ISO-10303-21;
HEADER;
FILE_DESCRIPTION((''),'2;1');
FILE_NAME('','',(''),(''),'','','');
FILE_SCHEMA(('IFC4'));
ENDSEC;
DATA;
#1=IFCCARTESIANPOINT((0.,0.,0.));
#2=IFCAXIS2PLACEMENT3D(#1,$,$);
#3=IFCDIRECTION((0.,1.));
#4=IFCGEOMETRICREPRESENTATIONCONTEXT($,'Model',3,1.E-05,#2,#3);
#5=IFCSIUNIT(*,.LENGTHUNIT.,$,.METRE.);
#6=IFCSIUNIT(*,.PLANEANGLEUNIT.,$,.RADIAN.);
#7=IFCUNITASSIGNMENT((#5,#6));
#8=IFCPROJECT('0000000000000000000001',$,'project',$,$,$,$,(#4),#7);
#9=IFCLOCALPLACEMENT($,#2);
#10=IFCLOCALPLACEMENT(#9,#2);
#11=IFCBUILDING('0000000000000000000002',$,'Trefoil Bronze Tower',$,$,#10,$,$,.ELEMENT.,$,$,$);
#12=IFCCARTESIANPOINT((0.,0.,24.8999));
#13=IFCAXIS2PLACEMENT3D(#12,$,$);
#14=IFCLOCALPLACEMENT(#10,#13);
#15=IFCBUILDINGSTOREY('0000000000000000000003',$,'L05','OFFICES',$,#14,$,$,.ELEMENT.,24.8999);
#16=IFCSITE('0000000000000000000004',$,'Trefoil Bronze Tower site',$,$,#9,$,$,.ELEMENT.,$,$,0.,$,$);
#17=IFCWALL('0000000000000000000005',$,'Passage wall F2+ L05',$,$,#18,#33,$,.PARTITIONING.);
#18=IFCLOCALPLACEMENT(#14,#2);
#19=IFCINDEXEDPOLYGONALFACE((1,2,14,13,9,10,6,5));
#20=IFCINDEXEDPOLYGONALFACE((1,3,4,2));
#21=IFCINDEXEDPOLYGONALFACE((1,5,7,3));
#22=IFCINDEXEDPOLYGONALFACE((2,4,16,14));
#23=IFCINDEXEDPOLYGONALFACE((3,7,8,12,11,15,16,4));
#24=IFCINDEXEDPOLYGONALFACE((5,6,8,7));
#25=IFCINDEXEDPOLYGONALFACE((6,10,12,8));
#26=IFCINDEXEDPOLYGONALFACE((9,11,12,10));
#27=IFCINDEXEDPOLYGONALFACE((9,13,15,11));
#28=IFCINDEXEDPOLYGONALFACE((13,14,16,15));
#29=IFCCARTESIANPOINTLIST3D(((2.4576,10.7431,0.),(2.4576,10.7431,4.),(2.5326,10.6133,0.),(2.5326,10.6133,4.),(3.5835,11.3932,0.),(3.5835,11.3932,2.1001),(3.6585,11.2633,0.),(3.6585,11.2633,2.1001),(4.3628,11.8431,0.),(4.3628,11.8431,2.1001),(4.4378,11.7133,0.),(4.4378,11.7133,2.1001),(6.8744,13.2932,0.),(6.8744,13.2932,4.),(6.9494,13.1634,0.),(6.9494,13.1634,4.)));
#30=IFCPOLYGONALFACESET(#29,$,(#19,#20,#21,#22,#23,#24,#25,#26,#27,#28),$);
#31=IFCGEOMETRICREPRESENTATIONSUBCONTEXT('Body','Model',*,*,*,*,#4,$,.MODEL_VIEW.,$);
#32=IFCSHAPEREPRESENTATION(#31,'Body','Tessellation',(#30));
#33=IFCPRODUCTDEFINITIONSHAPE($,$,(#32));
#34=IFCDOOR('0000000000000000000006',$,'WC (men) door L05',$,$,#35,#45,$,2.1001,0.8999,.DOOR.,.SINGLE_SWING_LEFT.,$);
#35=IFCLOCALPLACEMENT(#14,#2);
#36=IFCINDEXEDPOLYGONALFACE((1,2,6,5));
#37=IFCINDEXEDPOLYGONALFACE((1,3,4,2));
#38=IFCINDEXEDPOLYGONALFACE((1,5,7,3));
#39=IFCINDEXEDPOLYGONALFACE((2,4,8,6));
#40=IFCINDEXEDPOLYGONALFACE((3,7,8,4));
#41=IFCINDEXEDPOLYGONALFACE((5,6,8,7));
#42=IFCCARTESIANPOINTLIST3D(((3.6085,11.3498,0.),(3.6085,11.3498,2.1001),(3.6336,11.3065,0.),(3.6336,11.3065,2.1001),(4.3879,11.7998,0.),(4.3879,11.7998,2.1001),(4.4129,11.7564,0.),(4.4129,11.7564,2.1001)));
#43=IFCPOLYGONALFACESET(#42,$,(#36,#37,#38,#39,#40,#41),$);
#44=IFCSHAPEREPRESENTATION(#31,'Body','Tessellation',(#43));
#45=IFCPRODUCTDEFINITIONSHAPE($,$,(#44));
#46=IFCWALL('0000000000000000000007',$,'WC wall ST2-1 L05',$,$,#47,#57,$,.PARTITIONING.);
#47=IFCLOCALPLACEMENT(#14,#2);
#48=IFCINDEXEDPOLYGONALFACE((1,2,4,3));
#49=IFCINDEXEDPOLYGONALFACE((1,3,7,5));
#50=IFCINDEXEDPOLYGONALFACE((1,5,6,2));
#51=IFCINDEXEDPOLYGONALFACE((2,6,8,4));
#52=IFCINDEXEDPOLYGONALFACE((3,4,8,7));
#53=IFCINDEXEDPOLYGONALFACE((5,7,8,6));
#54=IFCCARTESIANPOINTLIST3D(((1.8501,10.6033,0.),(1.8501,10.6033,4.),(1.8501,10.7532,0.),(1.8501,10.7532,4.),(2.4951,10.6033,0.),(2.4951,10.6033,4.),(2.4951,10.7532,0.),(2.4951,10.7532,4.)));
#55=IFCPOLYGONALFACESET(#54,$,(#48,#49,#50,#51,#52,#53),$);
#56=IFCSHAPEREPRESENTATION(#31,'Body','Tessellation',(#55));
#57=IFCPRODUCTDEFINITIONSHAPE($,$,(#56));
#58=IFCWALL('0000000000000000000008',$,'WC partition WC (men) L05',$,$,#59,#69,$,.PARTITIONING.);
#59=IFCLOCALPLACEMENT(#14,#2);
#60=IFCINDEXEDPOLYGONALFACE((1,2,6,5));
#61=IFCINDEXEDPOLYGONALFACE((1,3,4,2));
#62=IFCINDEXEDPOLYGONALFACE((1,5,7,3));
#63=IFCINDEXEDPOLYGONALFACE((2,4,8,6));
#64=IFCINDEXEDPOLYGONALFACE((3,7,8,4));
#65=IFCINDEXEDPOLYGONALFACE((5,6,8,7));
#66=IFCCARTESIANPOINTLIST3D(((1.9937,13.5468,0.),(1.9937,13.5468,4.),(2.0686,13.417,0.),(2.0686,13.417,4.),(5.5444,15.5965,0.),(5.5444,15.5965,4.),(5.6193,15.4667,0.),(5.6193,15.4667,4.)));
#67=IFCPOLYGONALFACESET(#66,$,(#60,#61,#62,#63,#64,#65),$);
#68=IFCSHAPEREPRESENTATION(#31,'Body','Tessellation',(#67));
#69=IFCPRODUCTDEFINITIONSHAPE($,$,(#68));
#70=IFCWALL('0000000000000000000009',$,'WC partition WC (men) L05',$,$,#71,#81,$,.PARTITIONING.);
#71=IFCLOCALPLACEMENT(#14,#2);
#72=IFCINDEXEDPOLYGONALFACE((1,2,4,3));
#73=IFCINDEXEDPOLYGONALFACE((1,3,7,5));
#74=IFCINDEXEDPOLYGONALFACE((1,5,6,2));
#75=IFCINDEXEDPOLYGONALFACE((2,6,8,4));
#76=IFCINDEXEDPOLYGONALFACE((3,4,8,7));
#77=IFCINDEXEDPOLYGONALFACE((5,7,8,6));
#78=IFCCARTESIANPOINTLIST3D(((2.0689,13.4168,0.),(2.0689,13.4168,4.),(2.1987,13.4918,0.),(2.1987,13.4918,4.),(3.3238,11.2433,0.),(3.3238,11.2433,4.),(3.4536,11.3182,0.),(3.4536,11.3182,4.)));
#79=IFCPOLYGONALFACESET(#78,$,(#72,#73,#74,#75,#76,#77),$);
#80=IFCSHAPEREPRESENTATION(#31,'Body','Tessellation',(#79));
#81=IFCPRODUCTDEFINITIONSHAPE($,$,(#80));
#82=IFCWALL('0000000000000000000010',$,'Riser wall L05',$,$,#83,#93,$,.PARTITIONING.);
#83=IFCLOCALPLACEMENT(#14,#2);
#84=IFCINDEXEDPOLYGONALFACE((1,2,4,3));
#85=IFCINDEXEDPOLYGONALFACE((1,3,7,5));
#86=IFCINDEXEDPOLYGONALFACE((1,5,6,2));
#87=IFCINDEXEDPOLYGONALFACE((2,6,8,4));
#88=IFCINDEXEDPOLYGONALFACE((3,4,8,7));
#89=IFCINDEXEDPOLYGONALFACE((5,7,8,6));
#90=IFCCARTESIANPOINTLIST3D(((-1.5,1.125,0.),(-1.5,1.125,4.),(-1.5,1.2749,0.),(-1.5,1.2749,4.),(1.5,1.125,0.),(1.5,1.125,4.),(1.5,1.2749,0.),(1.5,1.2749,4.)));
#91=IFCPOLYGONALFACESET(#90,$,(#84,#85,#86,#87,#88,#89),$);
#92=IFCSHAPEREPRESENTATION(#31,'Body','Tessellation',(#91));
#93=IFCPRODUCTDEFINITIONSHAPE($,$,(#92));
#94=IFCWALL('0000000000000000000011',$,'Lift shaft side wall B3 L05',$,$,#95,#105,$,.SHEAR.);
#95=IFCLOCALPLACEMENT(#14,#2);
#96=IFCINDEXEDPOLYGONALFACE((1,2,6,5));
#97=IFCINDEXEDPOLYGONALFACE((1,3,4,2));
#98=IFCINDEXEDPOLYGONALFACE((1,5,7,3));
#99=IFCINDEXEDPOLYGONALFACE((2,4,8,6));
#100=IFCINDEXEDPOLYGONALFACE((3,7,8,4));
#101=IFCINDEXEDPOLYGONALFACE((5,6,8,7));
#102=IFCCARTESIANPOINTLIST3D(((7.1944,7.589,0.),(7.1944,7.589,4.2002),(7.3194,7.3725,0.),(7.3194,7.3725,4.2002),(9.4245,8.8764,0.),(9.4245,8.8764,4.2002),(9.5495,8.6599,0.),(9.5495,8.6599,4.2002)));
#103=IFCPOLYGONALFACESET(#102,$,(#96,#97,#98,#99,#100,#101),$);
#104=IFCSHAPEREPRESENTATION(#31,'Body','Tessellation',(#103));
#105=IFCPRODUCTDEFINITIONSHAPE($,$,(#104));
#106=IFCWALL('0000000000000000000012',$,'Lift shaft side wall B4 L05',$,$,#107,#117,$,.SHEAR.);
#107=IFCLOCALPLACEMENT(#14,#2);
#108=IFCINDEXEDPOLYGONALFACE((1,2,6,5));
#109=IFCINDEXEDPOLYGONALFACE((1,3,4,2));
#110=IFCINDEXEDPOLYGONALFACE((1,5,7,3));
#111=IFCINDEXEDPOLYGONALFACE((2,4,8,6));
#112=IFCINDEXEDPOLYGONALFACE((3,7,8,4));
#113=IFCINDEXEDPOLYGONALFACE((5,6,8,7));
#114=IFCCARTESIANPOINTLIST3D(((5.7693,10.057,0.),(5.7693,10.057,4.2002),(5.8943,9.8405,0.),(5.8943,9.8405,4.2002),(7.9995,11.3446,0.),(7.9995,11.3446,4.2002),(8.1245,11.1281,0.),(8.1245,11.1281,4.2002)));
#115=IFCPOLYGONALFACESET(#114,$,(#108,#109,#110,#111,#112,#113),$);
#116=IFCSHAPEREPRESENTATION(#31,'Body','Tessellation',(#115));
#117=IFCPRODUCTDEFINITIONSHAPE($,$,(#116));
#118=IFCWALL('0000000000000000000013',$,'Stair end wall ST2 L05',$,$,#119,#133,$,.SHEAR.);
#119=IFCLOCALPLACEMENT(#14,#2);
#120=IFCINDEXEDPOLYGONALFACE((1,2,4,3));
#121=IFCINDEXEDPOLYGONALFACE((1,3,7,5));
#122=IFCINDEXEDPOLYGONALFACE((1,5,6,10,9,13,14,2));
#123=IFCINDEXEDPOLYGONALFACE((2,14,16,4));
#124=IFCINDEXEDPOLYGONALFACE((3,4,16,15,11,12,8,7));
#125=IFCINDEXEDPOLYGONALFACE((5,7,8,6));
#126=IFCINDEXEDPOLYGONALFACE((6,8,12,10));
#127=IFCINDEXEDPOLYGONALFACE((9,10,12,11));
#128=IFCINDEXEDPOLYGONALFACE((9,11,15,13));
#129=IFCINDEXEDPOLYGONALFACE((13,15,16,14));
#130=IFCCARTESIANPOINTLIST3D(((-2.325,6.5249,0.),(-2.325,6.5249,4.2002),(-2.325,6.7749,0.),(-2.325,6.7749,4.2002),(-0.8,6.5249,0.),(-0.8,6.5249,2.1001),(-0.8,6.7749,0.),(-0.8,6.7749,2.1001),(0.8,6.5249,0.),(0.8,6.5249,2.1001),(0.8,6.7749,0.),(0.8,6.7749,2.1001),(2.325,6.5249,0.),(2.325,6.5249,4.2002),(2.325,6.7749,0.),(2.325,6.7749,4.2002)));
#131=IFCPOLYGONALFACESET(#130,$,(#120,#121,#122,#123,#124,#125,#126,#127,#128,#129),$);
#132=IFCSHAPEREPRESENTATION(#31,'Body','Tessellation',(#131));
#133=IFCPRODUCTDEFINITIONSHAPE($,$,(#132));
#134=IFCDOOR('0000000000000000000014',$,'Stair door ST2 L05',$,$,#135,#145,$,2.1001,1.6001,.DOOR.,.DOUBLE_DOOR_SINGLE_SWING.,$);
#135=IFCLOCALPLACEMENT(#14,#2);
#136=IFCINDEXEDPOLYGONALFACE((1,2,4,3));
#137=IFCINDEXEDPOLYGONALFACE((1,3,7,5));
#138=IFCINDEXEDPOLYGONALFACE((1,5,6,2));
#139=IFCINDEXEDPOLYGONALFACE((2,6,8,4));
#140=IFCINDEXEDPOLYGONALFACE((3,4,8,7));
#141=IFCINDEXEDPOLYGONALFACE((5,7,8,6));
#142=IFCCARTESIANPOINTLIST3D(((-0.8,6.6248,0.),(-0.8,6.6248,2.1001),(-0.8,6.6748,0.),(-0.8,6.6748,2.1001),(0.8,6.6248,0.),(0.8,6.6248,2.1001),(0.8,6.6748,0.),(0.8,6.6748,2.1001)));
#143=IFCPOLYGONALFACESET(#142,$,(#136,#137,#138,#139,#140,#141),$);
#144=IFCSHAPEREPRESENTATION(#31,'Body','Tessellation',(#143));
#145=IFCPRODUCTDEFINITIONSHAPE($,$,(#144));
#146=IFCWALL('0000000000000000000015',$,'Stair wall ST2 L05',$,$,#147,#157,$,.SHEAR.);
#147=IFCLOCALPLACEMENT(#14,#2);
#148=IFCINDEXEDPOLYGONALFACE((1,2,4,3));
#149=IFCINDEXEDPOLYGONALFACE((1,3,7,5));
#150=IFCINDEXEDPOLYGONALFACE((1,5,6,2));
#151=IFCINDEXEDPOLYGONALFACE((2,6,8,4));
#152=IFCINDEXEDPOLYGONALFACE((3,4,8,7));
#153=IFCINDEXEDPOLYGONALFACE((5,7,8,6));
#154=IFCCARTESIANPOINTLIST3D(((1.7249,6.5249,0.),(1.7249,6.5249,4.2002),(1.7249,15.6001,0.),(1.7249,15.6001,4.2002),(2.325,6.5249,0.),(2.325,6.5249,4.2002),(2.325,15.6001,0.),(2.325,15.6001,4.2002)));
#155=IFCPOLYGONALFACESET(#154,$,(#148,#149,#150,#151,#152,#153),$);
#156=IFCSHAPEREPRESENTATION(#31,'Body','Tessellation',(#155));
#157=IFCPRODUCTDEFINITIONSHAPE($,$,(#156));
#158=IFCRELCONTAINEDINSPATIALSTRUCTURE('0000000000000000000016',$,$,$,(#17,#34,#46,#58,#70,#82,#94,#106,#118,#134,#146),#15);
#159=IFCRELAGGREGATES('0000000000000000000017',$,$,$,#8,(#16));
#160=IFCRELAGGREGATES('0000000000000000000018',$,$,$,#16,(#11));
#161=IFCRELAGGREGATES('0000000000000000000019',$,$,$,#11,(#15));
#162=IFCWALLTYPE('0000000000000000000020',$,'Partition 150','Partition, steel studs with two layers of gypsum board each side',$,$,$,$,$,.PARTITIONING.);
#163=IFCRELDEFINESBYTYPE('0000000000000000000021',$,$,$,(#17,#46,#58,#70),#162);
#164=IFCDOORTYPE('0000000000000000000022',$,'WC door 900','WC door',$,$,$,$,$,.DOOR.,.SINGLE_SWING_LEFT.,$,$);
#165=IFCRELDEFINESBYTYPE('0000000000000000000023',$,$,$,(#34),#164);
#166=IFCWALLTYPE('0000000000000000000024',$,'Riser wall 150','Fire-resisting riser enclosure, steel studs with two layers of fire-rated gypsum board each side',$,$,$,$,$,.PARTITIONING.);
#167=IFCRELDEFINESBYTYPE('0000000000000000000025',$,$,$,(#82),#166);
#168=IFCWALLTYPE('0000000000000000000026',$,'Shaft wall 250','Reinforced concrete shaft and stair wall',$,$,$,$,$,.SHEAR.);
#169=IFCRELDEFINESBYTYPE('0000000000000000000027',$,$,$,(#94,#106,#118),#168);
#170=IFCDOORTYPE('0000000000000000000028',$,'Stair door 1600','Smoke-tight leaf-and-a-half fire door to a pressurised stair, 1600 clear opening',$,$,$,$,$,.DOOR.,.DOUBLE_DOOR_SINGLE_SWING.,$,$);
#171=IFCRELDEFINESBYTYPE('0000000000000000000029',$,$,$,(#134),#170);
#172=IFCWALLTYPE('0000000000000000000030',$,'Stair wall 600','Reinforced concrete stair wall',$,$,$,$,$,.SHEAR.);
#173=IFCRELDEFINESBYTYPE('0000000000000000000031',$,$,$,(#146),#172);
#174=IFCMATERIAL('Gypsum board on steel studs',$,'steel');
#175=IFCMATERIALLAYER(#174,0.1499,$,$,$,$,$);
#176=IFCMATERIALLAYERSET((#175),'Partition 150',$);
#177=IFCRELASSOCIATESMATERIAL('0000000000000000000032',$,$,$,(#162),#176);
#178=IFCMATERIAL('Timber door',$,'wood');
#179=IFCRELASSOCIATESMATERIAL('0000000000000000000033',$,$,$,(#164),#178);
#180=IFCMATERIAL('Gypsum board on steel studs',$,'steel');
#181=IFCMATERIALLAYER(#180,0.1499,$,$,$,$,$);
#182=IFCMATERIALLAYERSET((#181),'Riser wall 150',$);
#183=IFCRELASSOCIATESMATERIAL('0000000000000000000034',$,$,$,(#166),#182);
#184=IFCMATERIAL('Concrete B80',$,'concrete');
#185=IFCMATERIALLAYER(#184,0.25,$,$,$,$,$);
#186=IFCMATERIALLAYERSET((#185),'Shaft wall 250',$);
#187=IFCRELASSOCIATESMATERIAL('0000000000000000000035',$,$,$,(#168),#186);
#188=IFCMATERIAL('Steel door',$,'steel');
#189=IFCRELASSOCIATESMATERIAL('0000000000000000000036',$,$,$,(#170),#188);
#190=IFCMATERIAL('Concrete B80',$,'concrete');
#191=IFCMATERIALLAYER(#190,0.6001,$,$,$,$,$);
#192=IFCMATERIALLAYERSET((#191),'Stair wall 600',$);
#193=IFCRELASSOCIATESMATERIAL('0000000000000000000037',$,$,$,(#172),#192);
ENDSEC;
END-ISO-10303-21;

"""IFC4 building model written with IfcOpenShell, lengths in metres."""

from ifc_helpers import new_model, si_unit, direction, frame, frame_2d, origin, place, context, subcontext, project, spatial, rectangle, extrude, material, layer, layer_set, type_object, element, fill, save


model = new_model("IFC4")

# Units and contexts
model_context = context("Model", 3, precision=1e-05, world=origin(), true_north=direction((0.0, 1.0)))
body_context = subcontext(model_context, "Body", "Model", "MODEL_VIEW")
ifc_project = project(units=[si_unit("LENGTHUNIT", "METRE"), si_unit("PLANEANGLEUNIT", "RADIAN")], contexts=[model_context])

# Site, building, storey
site_placement = place(None, origin())
site = spatial("IfcSite", under=ifc_project, at=site_placement, Name="Trefoil Bronze Tower site", CompositionType="ELEMENT", RefElevation=0.0)
building_placement = place(site_placement, origin())
building = spatial("IfcBuilding", under=site, at=building_placement, Name="Trefoil Bronze Tower", CompositionType="ELEMENT")
storey_placement = place(building_placement, frame((0.0, 0.0, 24.8999)))
storey = spatial("IfcBuildingStorey", under=building, at=storey_placement, Name="L05", Description="OFFICES", CompositionType="ELEMENT", Elevation=24.8999)

# Wall, opening, door
ifc_material_1 = material(Name="Gypsum board on steel studs", Category="steel")
ifc_layer_1 = layer(ifc_material_1, 0.1499)
ifc_layer_set_1 = layer_set([ifc_layer_1], Name="Partition 150")
wall_type_1 = type_object("IfcWallType", Name="Partition 150", Description="Partition, steel studs with two layers of gypsum board each side", PredefinedType="PARTITIONING", material=ifc_layer_set_1)
wall_1_placement = place(storey_placement, frame((2.4951, 10.6782, 0.0), z_axis=(0.0, 0.0, 1.0), x_axis=(0.866022, 0.500006, 0.0)))
wall_1 = element("IfcWall", 1, at=wall_1_placement, inside=storey, type_object=wall_type_1, Name="Passage wall F2+ L05", PredefinedType="PARTITIONING", context=body_context, shape_type="SweptSolid", body=[
    extrude(rectangle(XDim=5.1001, YDim=0.1499, at=frame_2d((2.55, 0.0))), origin(), (0.0, 0.0, 1.0), 4.0),
])
opening_1_placement = place(wall_1_placement, frame((1.3, 0.0, 0.0)))
opening_1 = element("IfcOpeningElement", 2, at=opening_1_placement, cuts=wall_1, PredefinedType="OPENING", context=body_context, shape_type="SweptSolid", body=[
    extrude(rectangle(XDim=0.8999, YDim=2.1001, at=frame_2d((0.45, 1.05))), frame((0.0, 0.085, 0.0), z_axis=(0.0, -1.0, 0.0), x_axis=(1.0, 0.0, 0.0)), (0.0, 0.0, 1.0), 0.1699),
])
ifc_material_2 = material(Name="Timber door", Category="wood")
door_type_1 = type_object("IfcDoorType", Name="WC door 900", Description="WC door", OperationType="SINGLE_SWING_LEFT", PredefinedType="DOOR", material=ifc_material_2)
door_1_placement = place(opening_1_placement, origin())
door_1 = element("IfcDoor", 3, at=door_1_placement, inside=storey, type_object=door_type_1, Name="WC (men) door L05", OperationType="SINGLE_SWING_LEFT", OverallHeight=2.1001, OverallWidth=0.8999, PredefinedType="DOOR", context=body_context, shape_type="SweptSolid", body=[
    extrude(rectangle(XDim=0.8999, YDim=2.1001, at=frame_2d((0.45, 1.05))), frame((0.0, 0.0249, 0.0), z_axis=(0.0, -1.0, 0.0), x_axis=(1.0, 0.0, 0.0)), (0.0, 0.0, 1.0), 0.05),
])
fill(opening_1, door_1)

# Walls
wall_2_placement = place(storey_placement, frame((2.4951, 10.6782, 0.0), z_axis=(0.0, 0.0, 1.0), x_axis=(-1.0, 0.0, 0.0)))
element("IfcWall", 4, at=wall_2_placement, inside=storey, type_object=wall_type_1, Name="WC wall ST2-1 L05", PredefinedType="PARTITIONING", context=body_context, shape_type="SweptSolid", body=[
    extrude(rectangle(XDim=0.645, YDim=0.1499, at=frame_2d((0.3225, 0.0))), origin(), (0.0, 0.0, 1.0), 4.0),
])
wall_3_placement = place(storey_placement, frame((2.0312, 13.4819, 0.0), z_axis=(0.0, 0.0, 1.0), x_axis=(0.866051, 0.499956, 0.0)))
element("IfcWall", 5, at=wall_3_placement, inside=storey, type_object=wall_type_1, Name="WC partition WC (men) L05", PredefinedType="PARTITIONING", context=body_context, shape_type="SweptSolid", body=[
    extrude(rectangle(XDim=4.0999, YDim=0.1499, at=frame_2d((2.0498, 0.0))), origin(), (0.0, 0.0, 1.0), 4.0),
])
wall_4_placement = place(storey_placement, frame((3.3887, 11.2808, 0.0), z_axis=(0.0, 0.0, 1.0), x_axis=(-0.499989, 0.866032, 0.0)))
element("IfcWall", 6, at=wall_4_placement, inside=storey, type_object=wall_type_1, Name="WC partition WC (men) L05", PredefinedType="PARTITIONING", context=body_context, shape_type="SweptSolid", body=[
    extrude(rectangle(XDim=2.5098, YDim=0.1499, at=frame_2d((1.2549, 0.0))), origin(), (0.0, 0.0, 1.0), 4.0),
])
ifc_material_3 = material(Name="Gypsum board on steel studs", Category="steel")
ifc_layer_2 = layer(ifc_material_3, 0.1499)
ifc_layer_set_2 = layer_set([ifc_layer_2], Name="Riser wall 150")
wall_type_2 = type_object("IfcWallType", Name="Riser wall 150", Description="Fire-resisting riser enclosure, steel studs with two layers of fire-rated gypsum board each side", PredefinedType="PARTITIONING", material=ifc_layer_set_2)
wall_5_placement = place(storey_placement, frame((1.5, 1.2, 0.0), z_axis=(0.0, 0.0, 1.0), x_axis=(-1.0, 0.0, 0.0)))
element("IfcWall", 7, at=wall_5_placement, inside=storey, type_object=wall_type_2, Name="Riser wall L05", PredefinedType="PARTITIONING", context=body_context, shape_type="SweptSolid", body=[
    extrude(rectangle(XDim=3.0, YDim=0.1499, at=frame_2d((1.5, 0.0))), origin(), (0.0, 0.0, 1.0), 4.0),
])
ifc_material_4 = material(Name="Concrete B80", Category="concrete")
ifc_layer_3 = layer(ifc_material_4, 0.25)
ifc_layer_set_3 = layer_set([ifc_layer_3], Name="Shaft wall 250")
wall_type_3 = type_object("IfcWallType", Name="Shaft wall 250", Description="Reinforced concrete shaft and stair wall", PredefinedType="SHEAR", material=ifc_layer_set_3)
wall_6_placement = place(storey_placement, frame((7.2568, 7.4807, 0.0), z_axis=(0.0, 0.0, 1.0), x_axis=(0.866047, 0.499963, 0.0)))
element("IfcWall", 8, at=wall_6_placement, inside=storey, type_object=wall_type_3, Name="Lift shaft side wall B3 L05", PredefinedType="SHEAR", context=body_context, shape_type="SweptSolid", body=[
    extrude(rectangle(XDim=2.575, YDim=0.25, at=frame_2d((1.2876, 0.0))), origin(), (0.0, 0.0, 1.0), 4.2002),
])
wall_7_placement = place(storey_placement, frame((5.8318, 9.9487, 0.0), z_axis=(0.0, 0.0, 1.0), x_axis=(0.866029, 0.499993, 0.0)))
element("IfcWall", 9, at=wall_7_placement, inside=storey, type_object=wall_type_3, Name="Lift shaft side wall B4 L05", PredefinedType="SHEAR", context=body_context, shape_type="SweptSolid", body=[
    extrude(rectangle(XDim=2.5752, YDim=0.25, at=frame_2d((1.2876, 0.0))), origin(), (0.0, 0.0, 1.0), 4.2002),
])

# Wall, opening, door
wall_8_placement = place(storey_placement, frame((2.325, 6.6499, 0.0), z_axis=(0.0, 0.0, 1.0), x_axis=(-1.0, 0.0, 0.0)))
wall_8 = element("IfcWall", 10, at=wall_8_placement, inside=storey, type_object=wall_type_3, Name="Stair end wall ST2 L05", PredefinedType="SHEAR", context=body_context, shape_type="SweptSolid", body=[
    extrude(rectangle(XDim=4.6499, YDim=0.25, at=frame_2d((2.325, 0.0))), origin(), (0.0, 0.0, 1.0), 4.2002),
])
opening_2_placement = place(wall_8_placement, frame((1.5249, 0.0, 0.0)))
opening_2 = element("IfcOpeningElement", 11, at=opening_2_placement, cuts=wall_8, PredefinedType="OPENING", context=body_context, shape_type="SweptSolid", body=[
    extrude(rectangle(XDim=1.6001, YDim=2.1001, at=frame_2d((0.8, 1.05))), frame((0.0, 0.135, 0.0), z_axis=(0.0, -1.0, 0.0), x_axis=(1.0, 0.0, 0.0)), (0.0, 0.0, 1.0), 0.27),
])
ifc_material_5 = material(Name="Steel door", Category="steel")
door_type_2 = type_object("IfcDoorType", Name="Stair door 1600", Description="Smoke-tight leaf-and-a-half fire door to a pressurised stair, 1600 clear opening", OperationType="DOUBLE_DOOR_SINGLE_SWING", PredefinedType="DOOR", material=ifc_material_5)
door_2_placement = place(opening_2_placement, frame((1.6001, 0.0, 0.0), z_axis=(0.0, 0.0, 1.0), x_axis=(-1.0, 0.0, 0.0)))
door_2 = element("IfcDoor", 12, at=door_2_placement, inside=storey, type_object=door_type_2, Name="Stair door ST2 L05", OperationType="DOUBLE_DOOR_SINGLE_SWING", OverallHeight=2.1001, OverallWidth=1.6001, PredefinedType="DOOR", context=body_context, shape_type="SweptSolid", body=[
    extrude(rectangle(XDim=1.6001, YDim=2.1001, at=frame_2d((0.8, 1.05))), frame((0.0, 0.0249, 0.0), z_axis=(0.0, -1.0, 0.0), x_axis=(1.0, 0.0, 0.0)), (0.0, 0.0, 1.0), 0.05),
])
fill(opening_2, door_2)

# Wall
ifc_material_6 = material(Name="Concrete B80", Category="concrete")
ifc_layer_4 = layer(ifc_material_6, 0.6001)
ifc_layer_set_4 = layer_set([ifc_layer_4], Name="Stair wall 600")
wall_type_4 = type_object("IfcWallType", Name="Stair wall 600", Description="Reinforced concrete stair wall", PredefinedType="SHEAR", material=ifc_layer_set_4)
wall_9_placement = place(storey_placement, frame((2.0249, 6.5249, 0.0), z_axis=(0.0, 0.0, 1.0), x_axis=(0.0, 1.0, 0.0)))
element("IfcWall", 13, at=wall_9_placement, inside=storey, type_object=wall_type_4, Name="Stair wall ST2 L05", PredefinedType="SHEAR", context=body_context, shape_type="SweptSolid", body=[
    extrude(rectangle(XDim=9.0752, YDim=0.6001, at=frame_2d((4.5376, 0.0))), origin(), (0.0, 0.0, 1.0), 4.2002),
])

save(model, "model.ifc")
